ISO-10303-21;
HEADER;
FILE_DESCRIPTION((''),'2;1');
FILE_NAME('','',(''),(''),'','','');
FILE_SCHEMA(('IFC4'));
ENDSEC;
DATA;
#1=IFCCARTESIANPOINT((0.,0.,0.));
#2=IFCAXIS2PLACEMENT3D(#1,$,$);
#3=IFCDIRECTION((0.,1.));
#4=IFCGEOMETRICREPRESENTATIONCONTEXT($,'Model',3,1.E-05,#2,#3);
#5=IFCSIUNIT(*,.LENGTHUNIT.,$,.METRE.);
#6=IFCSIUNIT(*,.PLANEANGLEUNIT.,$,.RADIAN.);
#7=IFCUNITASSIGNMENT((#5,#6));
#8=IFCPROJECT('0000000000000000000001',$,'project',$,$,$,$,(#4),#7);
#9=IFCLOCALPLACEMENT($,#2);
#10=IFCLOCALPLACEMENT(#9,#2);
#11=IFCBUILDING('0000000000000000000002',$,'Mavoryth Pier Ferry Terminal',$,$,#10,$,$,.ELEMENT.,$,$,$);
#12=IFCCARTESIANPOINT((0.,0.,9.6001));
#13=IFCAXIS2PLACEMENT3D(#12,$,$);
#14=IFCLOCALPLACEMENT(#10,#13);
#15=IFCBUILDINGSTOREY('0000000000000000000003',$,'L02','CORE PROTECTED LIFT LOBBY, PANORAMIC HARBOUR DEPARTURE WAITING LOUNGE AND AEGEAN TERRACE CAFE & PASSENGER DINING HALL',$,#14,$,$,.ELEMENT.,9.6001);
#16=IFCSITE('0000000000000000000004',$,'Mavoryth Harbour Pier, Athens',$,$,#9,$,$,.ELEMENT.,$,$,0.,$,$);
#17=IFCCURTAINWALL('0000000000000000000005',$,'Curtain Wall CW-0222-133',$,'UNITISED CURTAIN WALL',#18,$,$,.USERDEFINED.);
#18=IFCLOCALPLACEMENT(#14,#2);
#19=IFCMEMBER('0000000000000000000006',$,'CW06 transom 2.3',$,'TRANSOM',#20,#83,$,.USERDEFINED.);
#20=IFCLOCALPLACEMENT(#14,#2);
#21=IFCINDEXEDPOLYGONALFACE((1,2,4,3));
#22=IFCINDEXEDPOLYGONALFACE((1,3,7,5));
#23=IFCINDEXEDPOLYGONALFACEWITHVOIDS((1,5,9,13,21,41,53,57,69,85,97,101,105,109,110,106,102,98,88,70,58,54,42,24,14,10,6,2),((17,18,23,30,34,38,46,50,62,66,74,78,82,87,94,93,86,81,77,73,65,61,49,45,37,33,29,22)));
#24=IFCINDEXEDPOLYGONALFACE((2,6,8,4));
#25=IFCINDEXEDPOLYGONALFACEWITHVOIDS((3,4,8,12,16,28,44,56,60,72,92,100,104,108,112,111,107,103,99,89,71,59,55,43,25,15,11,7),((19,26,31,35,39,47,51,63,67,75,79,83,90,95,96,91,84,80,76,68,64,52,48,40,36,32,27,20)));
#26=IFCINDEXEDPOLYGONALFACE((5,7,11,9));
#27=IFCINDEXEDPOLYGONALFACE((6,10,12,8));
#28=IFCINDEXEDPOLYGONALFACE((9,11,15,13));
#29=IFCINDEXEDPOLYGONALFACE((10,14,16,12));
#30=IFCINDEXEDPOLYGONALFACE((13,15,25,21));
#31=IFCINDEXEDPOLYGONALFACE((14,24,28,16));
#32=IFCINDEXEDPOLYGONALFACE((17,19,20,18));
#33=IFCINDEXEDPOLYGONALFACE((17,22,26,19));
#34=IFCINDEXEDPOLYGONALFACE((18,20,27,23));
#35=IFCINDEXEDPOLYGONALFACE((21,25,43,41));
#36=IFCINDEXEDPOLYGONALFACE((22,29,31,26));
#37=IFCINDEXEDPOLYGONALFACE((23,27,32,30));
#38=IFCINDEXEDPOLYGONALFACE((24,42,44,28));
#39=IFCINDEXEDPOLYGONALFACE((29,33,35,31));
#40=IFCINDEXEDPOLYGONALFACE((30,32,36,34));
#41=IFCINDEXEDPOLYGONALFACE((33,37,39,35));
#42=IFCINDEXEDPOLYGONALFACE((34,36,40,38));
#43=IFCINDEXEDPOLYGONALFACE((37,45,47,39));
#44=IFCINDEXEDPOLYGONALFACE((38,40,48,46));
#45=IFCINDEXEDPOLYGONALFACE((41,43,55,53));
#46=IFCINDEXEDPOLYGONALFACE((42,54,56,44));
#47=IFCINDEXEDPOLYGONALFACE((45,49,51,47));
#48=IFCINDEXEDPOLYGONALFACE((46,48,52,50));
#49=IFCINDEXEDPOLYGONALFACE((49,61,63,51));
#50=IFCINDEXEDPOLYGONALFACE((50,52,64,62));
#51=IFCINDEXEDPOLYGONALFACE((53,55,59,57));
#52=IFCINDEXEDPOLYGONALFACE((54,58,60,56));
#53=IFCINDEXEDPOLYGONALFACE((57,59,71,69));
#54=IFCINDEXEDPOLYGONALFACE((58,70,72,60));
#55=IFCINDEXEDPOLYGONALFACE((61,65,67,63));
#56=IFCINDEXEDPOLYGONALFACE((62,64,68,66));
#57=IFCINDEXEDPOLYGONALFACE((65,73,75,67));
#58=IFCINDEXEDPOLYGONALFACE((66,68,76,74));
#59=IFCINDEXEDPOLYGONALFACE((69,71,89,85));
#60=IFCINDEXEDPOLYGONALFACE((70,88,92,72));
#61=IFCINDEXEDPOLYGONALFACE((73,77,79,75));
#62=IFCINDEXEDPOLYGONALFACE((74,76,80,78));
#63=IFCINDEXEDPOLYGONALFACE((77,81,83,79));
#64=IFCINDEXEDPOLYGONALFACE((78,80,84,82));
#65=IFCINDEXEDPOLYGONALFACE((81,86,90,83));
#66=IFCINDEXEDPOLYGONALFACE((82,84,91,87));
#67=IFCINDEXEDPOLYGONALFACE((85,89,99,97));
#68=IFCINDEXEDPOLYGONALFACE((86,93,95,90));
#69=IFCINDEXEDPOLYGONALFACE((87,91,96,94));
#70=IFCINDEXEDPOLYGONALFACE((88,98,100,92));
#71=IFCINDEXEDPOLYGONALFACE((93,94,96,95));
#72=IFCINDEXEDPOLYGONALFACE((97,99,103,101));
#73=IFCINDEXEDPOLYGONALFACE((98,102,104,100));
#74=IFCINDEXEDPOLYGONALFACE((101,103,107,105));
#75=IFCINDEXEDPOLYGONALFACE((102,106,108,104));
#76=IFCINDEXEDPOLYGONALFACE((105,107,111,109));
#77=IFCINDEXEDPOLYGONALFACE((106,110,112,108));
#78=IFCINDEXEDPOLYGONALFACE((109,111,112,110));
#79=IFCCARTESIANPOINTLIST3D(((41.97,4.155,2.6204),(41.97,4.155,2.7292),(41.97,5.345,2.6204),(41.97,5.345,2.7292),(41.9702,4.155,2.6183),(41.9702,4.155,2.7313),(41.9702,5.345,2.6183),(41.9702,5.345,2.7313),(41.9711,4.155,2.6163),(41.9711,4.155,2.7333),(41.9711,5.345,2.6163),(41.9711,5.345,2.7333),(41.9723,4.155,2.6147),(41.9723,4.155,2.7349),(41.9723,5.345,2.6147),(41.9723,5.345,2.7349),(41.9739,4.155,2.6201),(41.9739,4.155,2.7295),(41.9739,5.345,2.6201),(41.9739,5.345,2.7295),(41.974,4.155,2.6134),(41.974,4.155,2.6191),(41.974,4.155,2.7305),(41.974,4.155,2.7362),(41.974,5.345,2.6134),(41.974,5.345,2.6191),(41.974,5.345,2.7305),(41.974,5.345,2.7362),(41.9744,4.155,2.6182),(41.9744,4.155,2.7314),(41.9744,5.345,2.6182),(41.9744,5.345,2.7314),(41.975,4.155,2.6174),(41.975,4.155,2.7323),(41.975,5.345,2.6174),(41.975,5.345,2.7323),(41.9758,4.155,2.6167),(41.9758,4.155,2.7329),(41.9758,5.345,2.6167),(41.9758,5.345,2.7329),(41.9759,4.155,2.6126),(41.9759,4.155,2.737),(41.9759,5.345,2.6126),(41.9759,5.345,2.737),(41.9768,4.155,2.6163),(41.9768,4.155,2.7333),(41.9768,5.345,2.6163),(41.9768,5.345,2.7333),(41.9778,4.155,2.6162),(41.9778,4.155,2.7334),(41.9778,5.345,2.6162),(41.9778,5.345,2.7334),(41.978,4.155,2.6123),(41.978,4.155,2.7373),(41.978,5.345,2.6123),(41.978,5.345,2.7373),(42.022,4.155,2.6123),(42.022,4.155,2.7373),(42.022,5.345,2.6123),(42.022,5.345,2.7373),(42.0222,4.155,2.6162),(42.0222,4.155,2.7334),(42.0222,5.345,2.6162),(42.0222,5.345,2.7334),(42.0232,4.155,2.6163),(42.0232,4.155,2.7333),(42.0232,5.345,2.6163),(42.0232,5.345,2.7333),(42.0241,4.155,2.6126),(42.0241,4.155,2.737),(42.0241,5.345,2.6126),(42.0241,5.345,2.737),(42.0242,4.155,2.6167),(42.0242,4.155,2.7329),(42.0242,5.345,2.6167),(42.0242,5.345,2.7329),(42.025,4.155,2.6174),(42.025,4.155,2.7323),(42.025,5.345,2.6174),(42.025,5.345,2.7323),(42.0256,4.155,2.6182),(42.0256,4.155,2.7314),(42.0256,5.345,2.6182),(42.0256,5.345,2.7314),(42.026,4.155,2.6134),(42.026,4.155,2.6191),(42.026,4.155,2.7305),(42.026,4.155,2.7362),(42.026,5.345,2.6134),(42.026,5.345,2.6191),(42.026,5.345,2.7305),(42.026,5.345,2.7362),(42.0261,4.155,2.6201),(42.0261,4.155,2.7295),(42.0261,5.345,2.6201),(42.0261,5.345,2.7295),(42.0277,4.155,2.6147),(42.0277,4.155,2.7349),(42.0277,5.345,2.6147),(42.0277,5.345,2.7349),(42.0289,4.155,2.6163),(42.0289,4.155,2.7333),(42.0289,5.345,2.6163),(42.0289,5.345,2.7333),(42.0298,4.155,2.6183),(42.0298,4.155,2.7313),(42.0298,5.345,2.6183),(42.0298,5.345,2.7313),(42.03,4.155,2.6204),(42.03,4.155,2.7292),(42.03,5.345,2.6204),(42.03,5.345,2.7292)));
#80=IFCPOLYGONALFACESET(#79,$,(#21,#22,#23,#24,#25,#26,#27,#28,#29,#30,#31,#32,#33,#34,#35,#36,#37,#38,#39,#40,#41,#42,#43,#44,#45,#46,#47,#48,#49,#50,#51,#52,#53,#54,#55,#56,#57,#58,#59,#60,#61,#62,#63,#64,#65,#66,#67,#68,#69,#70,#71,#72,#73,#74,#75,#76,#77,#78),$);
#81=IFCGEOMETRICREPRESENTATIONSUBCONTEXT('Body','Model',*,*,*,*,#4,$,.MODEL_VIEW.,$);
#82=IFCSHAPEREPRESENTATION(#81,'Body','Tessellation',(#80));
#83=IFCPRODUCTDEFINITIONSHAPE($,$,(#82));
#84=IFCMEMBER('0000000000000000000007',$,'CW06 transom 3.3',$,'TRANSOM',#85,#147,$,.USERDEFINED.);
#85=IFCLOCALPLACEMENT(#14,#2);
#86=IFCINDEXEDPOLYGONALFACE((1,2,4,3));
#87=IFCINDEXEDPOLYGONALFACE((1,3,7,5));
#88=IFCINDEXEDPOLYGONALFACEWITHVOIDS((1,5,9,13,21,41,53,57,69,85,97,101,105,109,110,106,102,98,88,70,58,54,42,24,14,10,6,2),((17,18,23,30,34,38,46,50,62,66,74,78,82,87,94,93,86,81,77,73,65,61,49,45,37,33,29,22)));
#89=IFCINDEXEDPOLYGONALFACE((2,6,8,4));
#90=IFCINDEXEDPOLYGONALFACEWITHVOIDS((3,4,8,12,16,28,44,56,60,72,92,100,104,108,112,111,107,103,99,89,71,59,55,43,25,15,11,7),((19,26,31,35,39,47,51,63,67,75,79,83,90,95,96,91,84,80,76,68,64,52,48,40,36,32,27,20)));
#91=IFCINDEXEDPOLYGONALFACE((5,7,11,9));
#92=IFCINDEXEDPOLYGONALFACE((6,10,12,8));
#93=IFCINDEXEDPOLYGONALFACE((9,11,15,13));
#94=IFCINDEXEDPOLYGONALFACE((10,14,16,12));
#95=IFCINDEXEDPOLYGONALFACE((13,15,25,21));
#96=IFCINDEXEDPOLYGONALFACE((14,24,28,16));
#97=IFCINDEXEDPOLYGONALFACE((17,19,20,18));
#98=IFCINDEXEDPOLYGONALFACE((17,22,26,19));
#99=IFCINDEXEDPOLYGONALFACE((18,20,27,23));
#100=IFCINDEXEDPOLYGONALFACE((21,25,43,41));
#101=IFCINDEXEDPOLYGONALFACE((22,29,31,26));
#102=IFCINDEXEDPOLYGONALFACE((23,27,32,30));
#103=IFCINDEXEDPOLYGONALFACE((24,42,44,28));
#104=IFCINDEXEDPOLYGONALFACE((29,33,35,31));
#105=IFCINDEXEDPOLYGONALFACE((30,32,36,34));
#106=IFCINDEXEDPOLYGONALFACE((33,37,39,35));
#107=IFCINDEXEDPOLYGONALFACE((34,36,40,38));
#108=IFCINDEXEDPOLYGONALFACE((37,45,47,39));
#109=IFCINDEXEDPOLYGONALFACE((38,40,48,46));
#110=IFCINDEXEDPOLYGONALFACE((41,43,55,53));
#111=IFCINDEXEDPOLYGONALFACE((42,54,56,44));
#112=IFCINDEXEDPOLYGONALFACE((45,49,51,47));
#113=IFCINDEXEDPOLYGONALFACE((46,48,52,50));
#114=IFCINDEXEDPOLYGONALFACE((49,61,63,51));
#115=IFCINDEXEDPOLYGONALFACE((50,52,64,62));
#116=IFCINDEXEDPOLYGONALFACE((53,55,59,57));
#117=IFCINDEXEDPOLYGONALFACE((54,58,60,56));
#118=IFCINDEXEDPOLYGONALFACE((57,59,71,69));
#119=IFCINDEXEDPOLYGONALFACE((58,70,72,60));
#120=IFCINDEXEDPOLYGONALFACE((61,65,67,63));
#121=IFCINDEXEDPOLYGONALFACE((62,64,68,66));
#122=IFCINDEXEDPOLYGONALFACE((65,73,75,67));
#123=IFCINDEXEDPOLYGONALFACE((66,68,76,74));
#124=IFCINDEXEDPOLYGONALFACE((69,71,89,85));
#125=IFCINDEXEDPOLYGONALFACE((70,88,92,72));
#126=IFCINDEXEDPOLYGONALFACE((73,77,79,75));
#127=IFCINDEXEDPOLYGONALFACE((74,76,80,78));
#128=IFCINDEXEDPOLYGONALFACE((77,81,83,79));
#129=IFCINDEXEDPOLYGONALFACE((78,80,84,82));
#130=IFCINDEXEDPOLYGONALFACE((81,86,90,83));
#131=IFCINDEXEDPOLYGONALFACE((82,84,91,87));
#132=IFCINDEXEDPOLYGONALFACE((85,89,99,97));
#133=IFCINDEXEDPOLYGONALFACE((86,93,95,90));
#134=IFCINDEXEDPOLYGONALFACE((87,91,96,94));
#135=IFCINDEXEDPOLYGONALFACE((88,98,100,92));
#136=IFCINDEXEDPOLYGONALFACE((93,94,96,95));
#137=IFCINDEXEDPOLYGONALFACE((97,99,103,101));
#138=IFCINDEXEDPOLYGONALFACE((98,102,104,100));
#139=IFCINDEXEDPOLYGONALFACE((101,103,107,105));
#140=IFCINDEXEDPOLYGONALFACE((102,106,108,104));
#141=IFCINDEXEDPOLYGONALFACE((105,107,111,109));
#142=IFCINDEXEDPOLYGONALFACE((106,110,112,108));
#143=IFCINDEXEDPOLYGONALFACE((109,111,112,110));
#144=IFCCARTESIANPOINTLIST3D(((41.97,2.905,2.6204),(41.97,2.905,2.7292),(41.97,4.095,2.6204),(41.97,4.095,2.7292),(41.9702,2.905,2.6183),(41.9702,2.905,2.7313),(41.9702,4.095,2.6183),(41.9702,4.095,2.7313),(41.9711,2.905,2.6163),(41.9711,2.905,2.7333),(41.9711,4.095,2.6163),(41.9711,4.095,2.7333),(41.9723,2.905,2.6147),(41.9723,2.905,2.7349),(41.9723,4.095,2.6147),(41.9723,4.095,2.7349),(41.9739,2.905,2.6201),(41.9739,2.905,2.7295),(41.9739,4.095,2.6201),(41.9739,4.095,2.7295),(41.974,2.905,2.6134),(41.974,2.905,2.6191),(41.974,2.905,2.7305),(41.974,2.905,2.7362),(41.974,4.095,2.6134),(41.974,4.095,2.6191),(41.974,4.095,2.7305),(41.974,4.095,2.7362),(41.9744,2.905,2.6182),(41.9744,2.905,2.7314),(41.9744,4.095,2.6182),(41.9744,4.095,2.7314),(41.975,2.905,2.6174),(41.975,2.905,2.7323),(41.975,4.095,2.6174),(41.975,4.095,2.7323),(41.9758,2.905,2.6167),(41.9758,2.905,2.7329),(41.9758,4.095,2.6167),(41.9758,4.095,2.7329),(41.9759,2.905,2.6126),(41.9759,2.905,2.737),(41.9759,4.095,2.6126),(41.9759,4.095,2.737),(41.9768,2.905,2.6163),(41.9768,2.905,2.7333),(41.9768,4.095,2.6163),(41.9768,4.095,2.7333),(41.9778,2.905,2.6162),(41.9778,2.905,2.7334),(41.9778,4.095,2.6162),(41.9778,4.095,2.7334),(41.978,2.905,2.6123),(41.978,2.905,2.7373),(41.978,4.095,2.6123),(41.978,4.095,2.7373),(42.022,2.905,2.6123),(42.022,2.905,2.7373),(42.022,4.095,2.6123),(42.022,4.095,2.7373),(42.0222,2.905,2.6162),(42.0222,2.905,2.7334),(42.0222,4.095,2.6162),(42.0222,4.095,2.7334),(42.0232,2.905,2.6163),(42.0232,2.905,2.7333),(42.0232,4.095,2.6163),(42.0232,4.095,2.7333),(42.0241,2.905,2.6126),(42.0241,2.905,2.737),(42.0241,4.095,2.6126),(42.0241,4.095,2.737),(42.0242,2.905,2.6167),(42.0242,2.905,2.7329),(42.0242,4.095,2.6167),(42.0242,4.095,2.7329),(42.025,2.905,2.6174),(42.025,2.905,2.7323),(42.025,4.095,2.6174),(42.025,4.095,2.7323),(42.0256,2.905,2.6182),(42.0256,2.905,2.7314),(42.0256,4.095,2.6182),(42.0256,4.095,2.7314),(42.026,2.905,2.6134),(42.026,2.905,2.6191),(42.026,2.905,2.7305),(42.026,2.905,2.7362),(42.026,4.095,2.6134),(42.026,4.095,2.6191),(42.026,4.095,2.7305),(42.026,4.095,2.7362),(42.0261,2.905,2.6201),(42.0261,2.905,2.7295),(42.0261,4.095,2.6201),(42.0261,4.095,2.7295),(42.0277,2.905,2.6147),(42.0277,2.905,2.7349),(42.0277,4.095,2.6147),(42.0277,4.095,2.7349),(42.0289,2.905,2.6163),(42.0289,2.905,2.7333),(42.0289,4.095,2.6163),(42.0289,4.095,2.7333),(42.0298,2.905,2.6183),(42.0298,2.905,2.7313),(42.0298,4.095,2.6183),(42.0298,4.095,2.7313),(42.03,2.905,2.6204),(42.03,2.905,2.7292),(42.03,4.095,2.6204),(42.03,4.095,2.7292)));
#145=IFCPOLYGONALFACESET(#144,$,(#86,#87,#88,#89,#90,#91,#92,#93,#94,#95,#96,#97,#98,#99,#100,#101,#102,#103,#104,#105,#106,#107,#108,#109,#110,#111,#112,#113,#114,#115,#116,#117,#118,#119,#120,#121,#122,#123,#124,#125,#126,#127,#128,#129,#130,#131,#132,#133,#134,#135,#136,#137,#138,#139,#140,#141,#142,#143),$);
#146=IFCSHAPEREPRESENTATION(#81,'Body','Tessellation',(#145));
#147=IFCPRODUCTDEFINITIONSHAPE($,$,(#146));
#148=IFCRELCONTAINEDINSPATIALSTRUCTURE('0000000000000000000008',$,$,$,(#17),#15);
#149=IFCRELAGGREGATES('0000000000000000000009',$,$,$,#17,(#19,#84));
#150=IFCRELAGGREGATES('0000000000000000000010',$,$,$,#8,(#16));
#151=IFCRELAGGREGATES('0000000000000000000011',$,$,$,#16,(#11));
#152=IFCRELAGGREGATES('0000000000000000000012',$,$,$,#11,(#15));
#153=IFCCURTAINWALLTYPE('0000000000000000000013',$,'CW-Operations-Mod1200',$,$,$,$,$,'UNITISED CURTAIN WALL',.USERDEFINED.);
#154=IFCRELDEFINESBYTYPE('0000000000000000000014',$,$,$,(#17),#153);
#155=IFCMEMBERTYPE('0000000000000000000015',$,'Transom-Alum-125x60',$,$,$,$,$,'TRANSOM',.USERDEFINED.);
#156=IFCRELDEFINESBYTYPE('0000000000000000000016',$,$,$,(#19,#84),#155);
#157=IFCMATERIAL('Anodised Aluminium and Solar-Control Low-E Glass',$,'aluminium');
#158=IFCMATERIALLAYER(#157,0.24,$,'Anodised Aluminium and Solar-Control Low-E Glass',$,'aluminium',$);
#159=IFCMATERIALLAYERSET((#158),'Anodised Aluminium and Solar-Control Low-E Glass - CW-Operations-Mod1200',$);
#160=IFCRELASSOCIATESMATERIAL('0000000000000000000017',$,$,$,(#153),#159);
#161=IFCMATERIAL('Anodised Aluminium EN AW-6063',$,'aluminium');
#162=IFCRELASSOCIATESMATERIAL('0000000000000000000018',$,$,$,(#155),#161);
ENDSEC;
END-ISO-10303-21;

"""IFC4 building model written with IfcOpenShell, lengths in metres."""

from ifc_helpers import new_model, si_unit, direction, frame, origin, origin_2d, place, context, subcontext, project, spatial, hollow_rectangle, extrude, material, layer, layer_set, material_profile, profile_set, type_object, element, aggregate, save


model = new_model("IFC4")

# Units and contexts
model_context = context("Model", 3, precision=1e-05, world=origin(), true_north=direction((0.0, 1.0)))
body_context = subcontext(model_context, "Body", "Model", "MODEL_VIEW")
ifc_project = project(units=[si_unit("LENGTHUNIT", "METRE"), si_unit("PLANEANGLEUNIT", "RADIAN")], contexts=[model_context])

# Site, building, storey
site_placement = place(None, origin())
site = spatial("IfcSite", under=ifc_project, at=site_placement, Name="Mavoryth Harbour Pier, Athens", CompositionType="ELEMENT", RefElevation=0.0)
building_placement = place(site_placement, origin())
building = spatial("IfcBuilding", under=site, at=building_placement, Name="Mavoryth Pier Ferry Terminal", CompositionType="ELEMENT")
storey_placement = place(building_placement, frame((0.0, 0.0, 9.6001)))
storey = spatial("IfcBuildingStorey", under=building, at=storey_placement, Name="L02", Description="CORE PROTECTED LIFT LOBBY, PANORAMIC HARBOUR DEPARTURE WAITING LOUNGE AND AEGEAN TERRACE CAFE & PASSENGER DINING HALL", CompositionType="ELEMENT", Elevation=9.6001)

# Curtain wall
ifc_material_1 = material(Name="Anodised Aluminium and Solar-Control Low-E Glass", Category="aluminium")
ifc_layer_1 = layer(ifc_material_1, 0.24, Name="Anodised Aluminium and Solar-Control Low-E Glass", Category="aluminium")
ifc_layer_set_1 = layer_set([ifc_layer_1], Name="Anodised Aluminium and Solar-Control Low-E Glass - CW-Operations-Mod1200")
curtain_wall_type = type_object("IfcCurtainWallType", Name="CW-Operations-Mod1200", ElementType="UNITISED CURTAIN WALL", PredefinedType="USERDEFINED", material=ifc_layer_set_1)
curtain_wall_1_placement = place(storey_placement, origin())
curtain_wall_1 = element("IfcCurtainWall", 1, at=curtain_wall_1_placement, inside=storey, type_object=curtain_wall_type, Name="Curtain Wall CW-0222-133", ObjectType="UNITISED CURTAIN WALL", PredefinedType="USERDEFINED")
ifc_material_2 = material(Name="Anodised Aluminium EN AW-6063", Category="aluminium")

# Members
ifc_material_profile_1 = material_profile(ifc_material_2, hollow_rectangle(XDim=0.0601, YDim=0.125, WallThickness=0.0039, InnerFilletRadius=0.0039, OuterFilletRadius=0.0081, at=origin_2d()), Name="AL-TRAN 125x60x4", Category="aluminium")
ifc_profile_set_1 = profile_set([ifc_material_profile_1], Name="Anodised Aluminium EN AW-6063 - AL-TRAN 125x60x4")
member_type_1 = type_object("IfcMemberType", Name="Transom-Alum-125x60", ElementType="TRANSOM", PredefinedType="USERDEFINED", material=ifc_profile_set_1)
member_1_placement = place(storey_placement, frame((42.0, 5.345, 2.6748), z_axis=(0.0, -1.0, 0.0), x_axis=(1.0, 0.0, 0.0)))
member_1 = element("IfcMember", 2, at=member_1_placement, type_object=member_type_1, Name="CW06 transom 2.3", ObjectType="TRANSOM", PredefinedType="USERDEFINED", context=body_context, shape_type="SweptSolid", body=[
    extrude(hollow_rectangle(XDim=0.0601, YDim=0.125, WallThickness=0.0039, InnerFilletRadius=0.0039, OuterFilletRadius=0.0081, at=origin_2d()), origin(), (0.0, 0.0, 1.0), 1.1899),
])
member_2_placement = place(storey_placement, frame((42.0, 4.095, 2.6748), z_axis=(0.0, -1.0, 0.0), x_axis=(1.0, 0.0, 0.0)))
member_2 = element("IfcMember", 3, at=member_2_placement, type_object=member_type_1, Name="CW06 transom 3.3", ObjectType="TRANSOM", PredefinedType="USERDEFINED", context=body_context, shape_type="SweptSolid", body=[
    extrude(hollow_rectangle(XDim=0.0601, YDim=0.125, WallThickness=0.0039, InnerFilletRadius=0.0039, OuterFilletRadius=0.0081, at=origin_2d()), origin(), (0.0, 0.0, 1.0), 1.1899),
])

aggregate(curtain_wall_1, [member_1, member_2])

save(model, "model.ifc")
